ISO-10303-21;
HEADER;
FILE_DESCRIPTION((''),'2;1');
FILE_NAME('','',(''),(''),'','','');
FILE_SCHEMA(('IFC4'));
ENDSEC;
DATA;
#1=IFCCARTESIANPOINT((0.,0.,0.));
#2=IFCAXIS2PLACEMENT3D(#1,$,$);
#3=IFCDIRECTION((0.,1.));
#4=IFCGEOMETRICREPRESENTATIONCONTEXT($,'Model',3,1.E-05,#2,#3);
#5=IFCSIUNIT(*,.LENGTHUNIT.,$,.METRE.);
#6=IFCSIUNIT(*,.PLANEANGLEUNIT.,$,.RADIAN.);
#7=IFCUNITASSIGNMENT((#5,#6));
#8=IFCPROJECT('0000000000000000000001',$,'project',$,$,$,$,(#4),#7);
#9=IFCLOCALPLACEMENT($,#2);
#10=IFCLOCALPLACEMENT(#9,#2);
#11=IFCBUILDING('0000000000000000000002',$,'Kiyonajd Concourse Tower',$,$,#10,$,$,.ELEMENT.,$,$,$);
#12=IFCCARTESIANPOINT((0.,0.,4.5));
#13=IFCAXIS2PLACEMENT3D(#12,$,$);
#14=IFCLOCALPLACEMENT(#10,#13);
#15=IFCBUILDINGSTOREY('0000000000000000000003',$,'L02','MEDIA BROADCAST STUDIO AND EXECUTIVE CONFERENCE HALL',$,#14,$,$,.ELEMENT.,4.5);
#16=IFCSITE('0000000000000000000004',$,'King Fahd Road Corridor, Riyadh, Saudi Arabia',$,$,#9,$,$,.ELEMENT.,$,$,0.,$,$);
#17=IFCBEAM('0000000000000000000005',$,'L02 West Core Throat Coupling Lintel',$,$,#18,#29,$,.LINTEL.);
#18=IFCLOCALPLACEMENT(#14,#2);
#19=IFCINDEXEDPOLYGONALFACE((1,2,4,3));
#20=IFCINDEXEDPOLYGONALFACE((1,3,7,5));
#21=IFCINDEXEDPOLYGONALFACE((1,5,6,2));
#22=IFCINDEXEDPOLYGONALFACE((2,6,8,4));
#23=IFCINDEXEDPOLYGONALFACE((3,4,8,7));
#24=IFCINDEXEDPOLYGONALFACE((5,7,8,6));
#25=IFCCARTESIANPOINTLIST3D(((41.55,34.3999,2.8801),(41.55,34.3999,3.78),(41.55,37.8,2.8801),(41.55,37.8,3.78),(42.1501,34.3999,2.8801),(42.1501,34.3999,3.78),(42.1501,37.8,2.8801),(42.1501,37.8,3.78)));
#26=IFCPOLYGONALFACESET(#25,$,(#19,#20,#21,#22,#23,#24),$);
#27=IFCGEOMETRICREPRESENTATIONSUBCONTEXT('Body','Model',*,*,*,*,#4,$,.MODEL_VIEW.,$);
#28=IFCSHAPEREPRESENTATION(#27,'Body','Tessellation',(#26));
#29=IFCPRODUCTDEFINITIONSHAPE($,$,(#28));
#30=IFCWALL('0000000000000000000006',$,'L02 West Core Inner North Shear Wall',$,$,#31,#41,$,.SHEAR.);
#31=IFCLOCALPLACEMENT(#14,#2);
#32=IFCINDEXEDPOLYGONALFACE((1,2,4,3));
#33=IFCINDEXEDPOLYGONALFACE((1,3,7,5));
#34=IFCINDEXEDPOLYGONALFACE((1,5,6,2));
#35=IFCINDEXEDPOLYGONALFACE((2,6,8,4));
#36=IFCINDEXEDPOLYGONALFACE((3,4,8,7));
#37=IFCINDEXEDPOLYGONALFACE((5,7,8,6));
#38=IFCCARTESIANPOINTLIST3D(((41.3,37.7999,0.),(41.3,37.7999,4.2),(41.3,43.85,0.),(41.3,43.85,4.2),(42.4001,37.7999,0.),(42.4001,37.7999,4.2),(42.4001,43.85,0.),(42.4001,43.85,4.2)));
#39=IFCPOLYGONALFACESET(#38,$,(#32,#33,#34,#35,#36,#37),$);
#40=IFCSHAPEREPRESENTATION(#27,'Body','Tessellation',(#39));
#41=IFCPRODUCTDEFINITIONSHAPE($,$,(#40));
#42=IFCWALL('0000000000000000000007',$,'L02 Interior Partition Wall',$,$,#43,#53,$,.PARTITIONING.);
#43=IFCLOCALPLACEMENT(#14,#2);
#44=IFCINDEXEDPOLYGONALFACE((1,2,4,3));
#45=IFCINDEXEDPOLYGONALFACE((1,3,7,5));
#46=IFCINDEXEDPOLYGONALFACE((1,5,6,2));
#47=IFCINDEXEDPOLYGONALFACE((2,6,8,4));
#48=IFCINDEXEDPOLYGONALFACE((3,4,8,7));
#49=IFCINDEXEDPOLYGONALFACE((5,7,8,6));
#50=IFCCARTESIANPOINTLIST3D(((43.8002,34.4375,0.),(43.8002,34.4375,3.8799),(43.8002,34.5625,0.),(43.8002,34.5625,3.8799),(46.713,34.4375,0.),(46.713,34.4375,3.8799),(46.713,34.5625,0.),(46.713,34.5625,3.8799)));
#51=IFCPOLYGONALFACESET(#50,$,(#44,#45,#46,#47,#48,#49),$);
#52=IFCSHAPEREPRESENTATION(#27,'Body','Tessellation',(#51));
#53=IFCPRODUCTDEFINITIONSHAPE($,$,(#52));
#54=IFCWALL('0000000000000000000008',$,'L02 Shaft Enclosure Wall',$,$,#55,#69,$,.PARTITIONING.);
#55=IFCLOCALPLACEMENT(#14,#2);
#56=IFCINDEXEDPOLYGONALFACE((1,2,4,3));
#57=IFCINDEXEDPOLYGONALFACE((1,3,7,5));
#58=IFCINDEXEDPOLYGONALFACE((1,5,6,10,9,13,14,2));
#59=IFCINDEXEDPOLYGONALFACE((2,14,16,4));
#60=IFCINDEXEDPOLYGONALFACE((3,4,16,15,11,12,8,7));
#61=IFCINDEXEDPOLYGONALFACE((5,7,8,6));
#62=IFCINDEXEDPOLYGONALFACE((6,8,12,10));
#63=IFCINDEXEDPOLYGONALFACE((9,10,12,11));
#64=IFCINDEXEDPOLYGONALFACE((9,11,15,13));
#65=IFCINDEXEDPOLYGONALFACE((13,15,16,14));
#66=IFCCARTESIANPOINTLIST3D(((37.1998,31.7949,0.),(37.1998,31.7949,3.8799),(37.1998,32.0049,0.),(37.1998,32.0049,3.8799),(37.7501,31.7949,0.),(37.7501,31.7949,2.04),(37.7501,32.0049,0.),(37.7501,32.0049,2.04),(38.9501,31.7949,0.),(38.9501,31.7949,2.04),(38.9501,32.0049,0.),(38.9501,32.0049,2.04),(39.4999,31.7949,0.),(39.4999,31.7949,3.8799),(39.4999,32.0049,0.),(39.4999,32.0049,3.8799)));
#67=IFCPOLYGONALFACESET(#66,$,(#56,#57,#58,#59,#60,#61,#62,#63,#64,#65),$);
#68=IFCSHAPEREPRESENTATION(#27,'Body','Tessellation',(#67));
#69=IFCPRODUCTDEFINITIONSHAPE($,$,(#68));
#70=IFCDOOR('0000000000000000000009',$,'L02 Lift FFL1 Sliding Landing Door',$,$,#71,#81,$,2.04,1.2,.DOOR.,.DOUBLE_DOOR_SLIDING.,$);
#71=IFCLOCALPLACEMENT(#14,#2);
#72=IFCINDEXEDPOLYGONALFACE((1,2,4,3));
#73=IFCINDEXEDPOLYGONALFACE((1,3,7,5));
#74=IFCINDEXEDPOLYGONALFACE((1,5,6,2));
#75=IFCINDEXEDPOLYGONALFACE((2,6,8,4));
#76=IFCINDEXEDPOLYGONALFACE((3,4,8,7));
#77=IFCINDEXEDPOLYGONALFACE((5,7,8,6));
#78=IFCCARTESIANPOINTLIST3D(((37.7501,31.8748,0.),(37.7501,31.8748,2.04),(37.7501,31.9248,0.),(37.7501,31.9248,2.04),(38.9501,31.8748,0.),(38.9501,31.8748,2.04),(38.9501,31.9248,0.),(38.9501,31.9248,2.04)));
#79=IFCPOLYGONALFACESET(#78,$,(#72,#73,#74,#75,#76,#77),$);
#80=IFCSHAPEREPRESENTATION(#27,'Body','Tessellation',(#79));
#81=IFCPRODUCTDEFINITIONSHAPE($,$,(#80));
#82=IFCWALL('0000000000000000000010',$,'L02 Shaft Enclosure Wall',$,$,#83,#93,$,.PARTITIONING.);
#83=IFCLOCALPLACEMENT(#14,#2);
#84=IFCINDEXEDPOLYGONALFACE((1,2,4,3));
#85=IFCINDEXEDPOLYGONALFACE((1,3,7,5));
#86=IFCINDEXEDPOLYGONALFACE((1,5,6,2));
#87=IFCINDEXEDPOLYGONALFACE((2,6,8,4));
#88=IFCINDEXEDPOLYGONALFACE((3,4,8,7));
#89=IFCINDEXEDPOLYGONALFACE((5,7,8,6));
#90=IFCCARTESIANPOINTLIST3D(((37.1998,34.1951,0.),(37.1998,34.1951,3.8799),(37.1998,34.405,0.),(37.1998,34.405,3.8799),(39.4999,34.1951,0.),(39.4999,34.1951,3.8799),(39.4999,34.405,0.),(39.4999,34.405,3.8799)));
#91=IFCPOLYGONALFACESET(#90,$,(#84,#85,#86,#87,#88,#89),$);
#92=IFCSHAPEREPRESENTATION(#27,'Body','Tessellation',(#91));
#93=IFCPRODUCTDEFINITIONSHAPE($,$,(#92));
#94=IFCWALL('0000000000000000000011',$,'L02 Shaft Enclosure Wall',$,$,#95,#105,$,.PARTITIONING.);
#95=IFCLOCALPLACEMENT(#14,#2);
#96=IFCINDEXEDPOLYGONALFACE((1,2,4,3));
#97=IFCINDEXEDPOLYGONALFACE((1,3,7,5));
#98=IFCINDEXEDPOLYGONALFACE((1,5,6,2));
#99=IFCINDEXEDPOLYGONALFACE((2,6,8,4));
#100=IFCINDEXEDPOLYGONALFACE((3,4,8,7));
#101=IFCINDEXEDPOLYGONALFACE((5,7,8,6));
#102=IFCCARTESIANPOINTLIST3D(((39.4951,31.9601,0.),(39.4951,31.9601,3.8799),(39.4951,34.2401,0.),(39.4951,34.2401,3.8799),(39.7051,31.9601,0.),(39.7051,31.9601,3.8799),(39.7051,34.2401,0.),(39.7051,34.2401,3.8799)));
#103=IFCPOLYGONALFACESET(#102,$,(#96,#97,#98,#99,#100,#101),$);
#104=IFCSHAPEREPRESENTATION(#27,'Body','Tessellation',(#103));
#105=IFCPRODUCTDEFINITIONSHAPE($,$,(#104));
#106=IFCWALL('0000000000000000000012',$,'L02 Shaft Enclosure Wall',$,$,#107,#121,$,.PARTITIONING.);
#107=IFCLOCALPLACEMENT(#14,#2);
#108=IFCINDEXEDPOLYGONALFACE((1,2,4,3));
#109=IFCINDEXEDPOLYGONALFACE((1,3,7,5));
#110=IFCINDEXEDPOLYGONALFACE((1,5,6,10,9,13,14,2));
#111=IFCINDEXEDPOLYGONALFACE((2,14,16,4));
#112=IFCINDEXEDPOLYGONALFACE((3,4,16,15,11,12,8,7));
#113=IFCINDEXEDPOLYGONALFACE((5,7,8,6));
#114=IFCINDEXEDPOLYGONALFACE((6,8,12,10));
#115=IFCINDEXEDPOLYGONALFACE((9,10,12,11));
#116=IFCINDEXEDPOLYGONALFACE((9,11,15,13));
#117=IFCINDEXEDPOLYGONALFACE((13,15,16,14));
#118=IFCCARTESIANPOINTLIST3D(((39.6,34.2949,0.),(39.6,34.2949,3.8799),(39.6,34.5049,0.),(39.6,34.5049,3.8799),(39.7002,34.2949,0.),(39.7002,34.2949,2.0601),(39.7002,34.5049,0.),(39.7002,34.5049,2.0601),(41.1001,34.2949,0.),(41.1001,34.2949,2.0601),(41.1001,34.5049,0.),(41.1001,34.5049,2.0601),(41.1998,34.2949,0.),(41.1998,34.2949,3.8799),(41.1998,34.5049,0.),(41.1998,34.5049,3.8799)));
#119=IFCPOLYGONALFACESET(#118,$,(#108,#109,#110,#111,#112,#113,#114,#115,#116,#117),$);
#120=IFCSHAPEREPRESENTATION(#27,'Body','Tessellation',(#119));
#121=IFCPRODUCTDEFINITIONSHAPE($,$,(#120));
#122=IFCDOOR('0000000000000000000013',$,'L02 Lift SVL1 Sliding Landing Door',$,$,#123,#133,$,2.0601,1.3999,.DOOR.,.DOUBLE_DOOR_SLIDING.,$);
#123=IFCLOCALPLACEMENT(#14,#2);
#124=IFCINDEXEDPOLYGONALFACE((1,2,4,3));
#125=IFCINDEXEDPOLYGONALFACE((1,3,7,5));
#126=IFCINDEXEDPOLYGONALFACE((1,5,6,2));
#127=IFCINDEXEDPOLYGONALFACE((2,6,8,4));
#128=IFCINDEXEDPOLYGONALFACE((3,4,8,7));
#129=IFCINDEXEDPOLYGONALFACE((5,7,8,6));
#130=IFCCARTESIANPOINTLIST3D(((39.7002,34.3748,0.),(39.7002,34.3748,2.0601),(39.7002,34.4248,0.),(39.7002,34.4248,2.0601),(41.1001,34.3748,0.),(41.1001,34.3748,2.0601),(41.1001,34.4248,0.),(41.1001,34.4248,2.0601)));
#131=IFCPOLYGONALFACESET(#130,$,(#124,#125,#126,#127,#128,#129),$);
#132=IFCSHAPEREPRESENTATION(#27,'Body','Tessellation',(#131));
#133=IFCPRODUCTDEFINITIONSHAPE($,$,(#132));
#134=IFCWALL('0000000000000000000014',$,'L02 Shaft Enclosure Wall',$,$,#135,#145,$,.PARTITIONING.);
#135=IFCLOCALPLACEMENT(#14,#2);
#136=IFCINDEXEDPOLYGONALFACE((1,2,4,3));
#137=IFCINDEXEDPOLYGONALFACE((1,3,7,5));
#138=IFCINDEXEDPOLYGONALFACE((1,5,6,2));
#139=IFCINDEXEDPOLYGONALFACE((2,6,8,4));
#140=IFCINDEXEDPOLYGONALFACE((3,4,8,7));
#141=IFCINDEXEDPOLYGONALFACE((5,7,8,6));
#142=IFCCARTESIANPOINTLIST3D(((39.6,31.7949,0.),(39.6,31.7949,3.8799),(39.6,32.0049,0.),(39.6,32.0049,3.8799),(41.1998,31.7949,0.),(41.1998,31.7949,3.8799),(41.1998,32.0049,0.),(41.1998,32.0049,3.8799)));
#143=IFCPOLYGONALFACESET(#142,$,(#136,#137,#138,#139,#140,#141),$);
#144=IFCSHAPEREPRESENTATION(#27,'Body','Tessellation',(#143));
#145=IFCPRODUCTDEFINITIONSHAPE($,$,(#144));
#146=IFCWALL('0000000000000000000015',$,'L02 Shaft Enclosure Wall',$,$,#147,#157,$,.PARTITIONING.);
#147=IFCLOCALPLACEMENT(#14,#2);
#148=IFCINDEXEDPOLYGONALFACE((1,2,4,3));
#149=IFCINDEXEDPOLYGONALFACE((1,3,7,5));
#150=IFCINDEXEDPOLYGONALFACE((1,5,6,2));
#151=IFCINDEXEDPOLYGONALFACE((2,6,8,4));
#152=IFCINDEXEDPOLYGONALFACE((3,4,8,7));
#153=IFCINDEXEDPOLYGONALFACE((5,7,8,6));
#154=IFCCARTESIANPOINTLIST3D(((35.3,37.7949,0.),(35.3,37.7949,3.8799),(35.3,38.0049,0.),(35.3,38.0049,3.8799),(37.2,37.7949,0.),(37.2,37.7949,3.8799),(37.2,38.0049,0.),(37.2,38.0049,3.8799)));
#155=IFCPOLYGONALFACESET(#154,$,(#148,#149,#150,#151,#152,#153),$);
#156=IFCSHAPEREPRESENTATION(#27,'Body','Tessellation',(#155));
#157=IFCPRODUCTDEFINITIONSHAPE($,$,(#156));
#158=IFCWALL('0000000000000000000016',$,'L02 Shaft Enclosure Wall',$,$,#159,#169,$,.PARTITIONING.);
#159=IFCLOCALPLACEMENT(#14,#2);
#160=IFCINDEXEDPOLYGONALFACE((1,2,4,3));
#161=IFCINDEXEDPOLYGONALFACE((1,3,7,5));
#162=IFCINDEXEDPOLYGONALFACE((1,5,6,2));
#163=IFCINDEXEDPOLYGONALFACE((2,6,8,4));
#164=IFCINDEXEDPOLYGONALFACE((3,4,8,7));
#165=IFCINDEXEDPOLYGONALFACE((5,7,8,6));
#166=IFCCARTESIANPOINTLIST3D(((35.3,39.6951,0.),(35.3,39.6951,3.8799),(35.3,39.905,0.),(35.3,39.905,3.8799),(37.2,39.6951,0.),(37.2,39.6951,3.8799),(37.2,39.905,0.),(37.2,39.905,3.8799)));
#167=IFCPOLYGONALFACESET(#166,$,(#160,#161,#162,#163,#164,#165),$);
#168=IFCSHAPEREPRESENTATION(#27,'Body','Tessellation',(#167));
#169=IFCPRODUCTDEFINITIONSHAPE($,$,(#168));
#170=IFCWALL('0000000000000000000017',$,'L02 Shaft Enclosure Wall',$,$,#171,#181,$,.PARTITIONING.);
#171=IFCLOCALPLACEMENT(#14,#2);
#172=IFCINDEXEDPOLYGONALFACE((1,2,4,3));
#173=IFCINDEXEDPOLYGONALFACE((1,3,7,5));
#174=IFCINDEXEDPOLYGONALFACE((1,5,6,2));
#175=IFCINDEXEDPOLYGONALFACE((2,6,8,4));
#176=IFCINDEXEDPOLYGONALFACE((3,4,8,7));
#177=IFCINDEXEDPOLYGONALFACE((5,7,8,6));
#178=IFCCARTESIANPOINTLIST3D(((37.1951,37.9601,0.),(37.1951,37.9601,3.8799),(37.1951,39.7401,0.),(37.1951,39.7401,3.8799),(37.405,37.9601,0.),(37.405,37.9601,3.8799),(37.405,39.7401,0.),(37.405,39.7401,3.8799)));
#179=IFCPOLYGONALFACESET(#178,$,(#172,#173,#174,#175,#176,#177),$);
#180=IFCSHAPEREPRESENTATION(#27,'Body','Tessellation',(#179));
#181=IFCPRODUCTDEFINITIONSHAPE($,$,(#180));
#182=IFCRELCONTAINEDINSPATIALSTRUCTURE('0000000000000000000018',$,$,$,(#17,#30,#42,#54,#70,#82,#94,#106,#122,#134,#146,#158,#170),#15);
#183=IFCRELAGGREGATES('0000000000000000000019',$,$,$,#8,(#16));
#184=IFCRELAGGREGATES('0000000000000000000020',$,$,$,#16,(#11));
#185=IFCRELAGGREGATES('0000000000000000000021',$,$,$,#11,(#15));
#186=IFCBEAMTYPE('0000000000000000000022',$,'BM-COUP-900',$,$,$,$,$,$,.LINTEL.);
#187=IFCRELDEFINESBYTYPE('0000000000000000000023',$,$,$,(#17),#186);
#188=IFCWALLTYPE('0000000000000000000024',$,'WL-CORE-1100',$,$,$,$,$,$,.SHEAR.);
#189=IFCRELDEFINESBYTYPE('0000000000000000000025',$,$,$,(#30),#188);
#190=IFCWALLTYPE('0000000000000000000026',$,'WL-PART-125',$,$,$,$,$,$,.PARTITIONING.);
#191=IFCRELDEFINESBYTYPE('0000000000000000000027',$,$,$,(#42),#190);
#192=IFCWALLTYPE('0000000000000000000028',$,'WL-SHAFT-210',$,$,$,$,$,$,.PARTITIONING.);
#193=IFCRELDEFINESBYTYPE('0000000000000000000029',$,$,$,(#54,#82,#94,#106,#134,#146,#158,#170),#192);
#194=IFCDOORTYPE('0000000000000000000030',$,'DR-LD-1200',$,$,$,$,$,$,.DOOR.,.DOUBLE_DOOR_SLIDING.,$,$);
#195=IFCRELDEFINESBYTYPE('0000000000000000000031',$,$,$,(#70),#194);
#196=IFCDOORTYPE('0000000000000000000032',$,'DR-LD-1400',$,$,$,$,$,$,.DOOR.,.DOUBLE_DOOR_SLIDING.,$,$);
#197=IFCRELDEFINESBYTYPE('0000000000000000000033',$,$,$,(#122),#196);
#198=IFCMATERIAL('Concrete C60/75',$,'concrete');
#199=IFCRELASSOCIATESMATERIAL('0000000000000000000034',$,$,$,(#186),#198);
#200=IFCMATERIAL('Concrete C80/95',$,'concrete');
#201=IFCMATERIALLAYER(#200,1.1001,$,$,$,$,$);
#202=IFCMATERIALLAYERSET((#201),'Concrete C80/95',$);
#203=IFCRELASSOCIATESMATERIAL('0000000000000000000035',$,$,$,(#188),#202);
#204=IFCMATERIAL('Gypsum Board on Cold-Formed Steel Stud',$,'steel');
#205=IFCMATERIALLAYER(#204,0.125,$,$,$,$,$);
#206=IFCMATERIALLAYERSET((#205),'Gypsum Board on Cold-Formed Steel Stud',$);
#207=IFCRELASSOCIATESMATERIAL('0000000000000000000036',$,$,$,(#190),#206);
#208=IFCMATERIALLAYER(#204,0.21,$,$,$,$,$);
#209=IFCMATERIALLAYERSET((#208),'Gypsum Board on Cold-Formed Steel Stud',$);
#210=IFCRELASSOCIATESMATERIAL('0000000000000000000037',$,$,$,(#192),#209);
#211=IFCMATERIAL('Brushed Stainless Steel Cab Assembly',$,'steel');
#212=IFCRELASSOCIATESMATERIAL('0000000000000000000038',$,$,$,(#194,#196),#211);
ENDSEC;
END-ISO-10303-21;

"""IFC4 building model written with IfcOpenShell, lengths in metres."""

from ifc_helpers import new_model, si_unit, direction, frame, frame_2d, origin, origin_2d, place, context, subcontext, project, spatial, rectangle, extrude, material, layer, layer_set, material_profile, profile_set, type_object, element, fill, save


model = new_model("IFC4")

# Units and contexts
model_context = context("Model", 3, precision=1e-05, world=origin(), true_north=direction((0.0, 1.0)))
body_context = subcontext(model_context, "Body", "Model", "MODEL_VIEW")
ifc_project = project(units=[si_unit("LENGTHUNIT", "METRE"), si_unit("PLANEANGLEUNIT", "RADIAN")], contexts=[model_context])

# Site, building, storey
site_placement = place(None, origin())
site = spatial("IfcSite", under=ifc_project, at=site_placement, Name="King Fahd Road Corridor, Riyadh, Saudi Arabia", CompositionType="ELEMENT", RefElevation=0.0)
building_placement = place(site_placement, origin())
building = spatial("IfcBuilding", under=site, at=building_placement, Name="Kiyonajd Concourse Tower", CompositionType="ELEMENT")
storey_placement = place(building_placement, frame((0.0, 0.0, 4.5)))
storey = spatial("IfcBuildingStorey", under=building, at=storey_placement, Name="L02", Description="MEDIA BROADCAST STUDIO AND EXECUTIVE CONFERENCE HALL", CompositionType="ELEMENT", Elevation=4.5)

# Beam
ifc_material_1 = material(Name="Concrete C60/75", Category="concrete")
ifc_material_profile = material_profile(ifc_material_1, rectangle(XDim=0.6001, YDim=0.8999, at=origin_2d()), Name="RCBM-600x900")
ifc_profile_set = profile_set([ifc_material_profile], Name="Concrete C60/75")
beam_type = type_object("IfcBeamType", Name="BM-COUP-900", PredefinedType="LINTEL", material=ifc_profile_set)
beam_placement = place(storey_placement, frame((41.8501, 34.3999, 3.3301), z_axis=(0.0, 1.0, 0.0), x_axis=(-1.0, 0.0, 0.0)))
element("IfcBeam", 1, at=beam_placement, inside=storey, type_object=beam_type, Name="L02 West Core Throat Coupling Lintel", PredefinedType="LINTEL", context=body_context, shape_type="SweptSolid", body=[
    extrude(rectangle(XDim=0.6001, YDim=0.8999, at=origin_2d()), origin(), (0.0, 0.0, 1.0), 3.4001),
])

# Walls
ifc_material_2 = material(Name="Concrete C80/95", Category="concrete")
ifc_layer_1 = layer(ifc_material_2, 1.1001)
ifc_layer_set_1 = layer_set([ifc_layer_1], Name="Concrete C80/95")
wall_type_1 = type_object("IfcWallType", Name="WL-CORE-1100", PredefinedType="SHEAR", material=ifc_layer_set_1)
wall_1_placement = place(storey_placement, frame((41.8501, 37.8, 0.0), z_axis=(0.0, 0.0, 1.0), x_axis=(0.0, 1.0, 0.0)))
element("IfcWall", 2, at=wall_1_placement, inside=storey, type_object=wall_type_1, Name="L02 West Core Inner North Shear Wall", PredefinedType="SHEAR", context=body_context, shape_type="SweptSolid", body=[
    extrude(rectangle(XDim=6.05, YDim=1.1001, at=frame_2d((3.0249, 0.0))), origin(), (0.0, 0.0, 1.0), 4.2),
])
ifc_material_3 = material(Name="Gypsum Board on Cold-Formed Steel Stud", Category="steel")
ifc_layer_2 = layer(ifc_material_3, 0.125)
ifc_layer_set_2 = layer_set([ifc_layer_2], Name="Gypsum Board on Cold-Formed Steel Stud")
wall_type_2 = type_object("IfcWallType", Name="WL-PART-125", PredefinedType="PARTITIONING", material=ifc_layer_set_2)
wall_2_placement = place(storey_placement, frame((43.8, 34.5, 0.0), z_axis=(0.0, 0.0, 1.0), x_axis=(1.0, 0.0, 0.0)))
element("IfcWall", 3, at=wall_2_placement, inside=storey, type_object=wall_type_2, Name="L02 Interior Partition Wall", PredefinedType="PARTITIONING", context=body_context, shape_type="SweptSolid", body=[
    extrude(rectangle(XDim=2.9128, YDim=0.125, at=frame_2d((1.4565, 0.0))), origin(), (0.0, 0.0, 1.0), 3.8799),
])

# Wall, opening, door
ifc_layer_3 = layer(ifc_material_3, 0.21)
ifc_layer_set_3 = layer_set([ifc_layer_3], Name="Gypsum Board on Cold-Formed Steel Stud")
wall_type_3 = type_object("IfcWallType", Name="WL-SHAFT-210", PredefinedType="PARTITIONING", material=ifc_layer_set_3)
wall_3_placement = place(storey_placement, frame((37.2, 31.8999, 0.0), z_axis=(0.0, 0.0, 1.0), x_axis=(1.0, 0.0, 0.0)))
wall_3 = element("IfcWall", 4, at=wall_3_placement, inside=storey, type_object=wall_type_3, Name="L02 Shaft Enclosure Wall", PredefinedType="PARTITIONING", context=body_context, shape_type="SweptSolid", body=[
    extrude(rectangle(XDim=2.3, YDim=0.21, at=frame_2d((1.1499, 0.0))), origin(), (0.0, 0.0, 1.0), 3.8799),
])
opening_1_placement = place(wall_3_placement, frame((0.55, 0.0, 0.0)))
opening_1 = element("IfcOpeningElement", 5, at=opening_1_placement, cuts=wall_3, PredefinedType="OPENING", context=body_context, shape_type="SweptSolid", body=[
    extrude(rectangle(XDim=1.2, YDim=2.04, at=frame_2d((0.6001, 1.02))), frame((0.0, 0.115, 0.0), z_axis=(0.0, -1.0, 0.0), x_axis=(1.0, 0.0, 0.0)), (0.0, 0.0, 1.0), 0.23),
])
ifc_material_4 = material(Name="Brushed Stainless Steel Cab Assembly", Category="steel")
door_type_1 = type_object("IfcDoorType", Name="DR-LD-1200", OperationType="DOUBLE_DOOR_SLIDING", PredefinedType="DOOR", material=ifc_material_4)
door_1_placement = place(opening_1_placement, origin())
door_1 = element("IfcDoor", 6, at=door_1_placement, inside=storey, type_object=door_type_1, Name="L02 Lift FFL1 Sliding Landing Door", OperationType="DOUBLE_DOOR_SLIDING", OverallHeight=2.04, OverallWidth=1.2, PredefinedType="DOOR", context=body_context, shape_type="SweptSolid", body=[
    extrude(rectangle(XDim=1.2, YDim=2.04, at=frame_2d((0.6001, 1.02))), frame((0.0, 0.0249, 0.0), z_axis=(0.0, -1.0, 0.0), x_axis=(1.0, 0.0, 0.0)), (0.0, 0.0, 1.0), 0.05),
])
fill(opening_1, door_1)

# Walls
wall_4_placement = place(storey_placement, frame((37.2, 34.3, 0.0), z_axis=(0.0, 0.0, 1.0), x_axis=(1.0, 0.0, 0.0)))
element("IfcWall", 7, at=wall_4_placement, inside=storey, type_object=wall_type_3, Name="L02 Shaft Enclosure Wall", PredefinedType="PARTITIONING", context=body_context, shape_type="SweptSolid", body=[
    extrude(rectangle(XDim=2.3, YDim=0.21, at=frame_2d((1.1499, 0.0))), origin(), (0.0, 0.0, 1.0), 3.8799),
])
wall_5_placement = place(storey_placement, frame((39.6001, 31.96, 0.0), z_axis=(0.0, 0.0, 1.0), x_axis=(0.0, 1.0, 0.0)))
element("IfcWall", 8, at=wall_5_placement, inside=storey, type_object=wall_type_3, Name="L02 Shaft Enclosure Wall", PredefinedType="PARTITIONING", context=body_context, shape_type="SweptSolid", body=[
    extrude(rectangle(XDim=2.28, YDim=0.21, at=frame_2d((1.1401, 0.0))), origin(), (0.0, 0.0, 1.0), 3.8799),
])

# Wall, opening, door
wall_6_placement = place(storey_placement, frame((39.6001, 34.3999, 0.0), z_axis=(0.0, 0.0, 1.0), x_axis=(1.0, 0.0, 0.0)))
wall_6 = element("IfcWall", 9, at=wall_6_placement, inside=storey, type_object=wall_type_3, Name="L02 Shaft Enclosure Wall", PredefinedType="PARTITIONING", context=body_context, shape_type="SweptSolid", body=[
    extrude(rectangle(XDim=1.5999, YDim=0.21, at=frame_2d((0.7998, 0.0))), origin(), (0.0, 0.0, 1.0), 3.8799),
])
opening_2_placement = place(wall_6_placement, frame((0.1001, 0.0, 0.0)))
opening_2 = element("IfcOpeningElement", 10, at=opening_2_placement, cuts=wall_6, PredefinedType="OPENING", context=body_context, shape_type="SweptSolid", body=[
    extrude(rectangle(XDim=1.3999, YDim=2.0601, at=frame_2d((0.7, 1.03))), frame((0.0, 0.115, 0.0), z_axis=(0.0, -1.0, 0.0), x_axis=(1.0, 0.0, 0.0)), (0.0, 0.0, 1.0), 0.23),
])
door_type_2 = type_object("IfcDoorType", Name="DR-LD-1400", OperationType="DOUBLE_DOOR_SLIDING", PredefinedType="DOOR", material=ifc_material_4)
door_2_placement = place(opening_2_placement, origin())
door_2 = element("IfcDoor", 11, at=door_2_placement, inside=storey, type_object=door_type_2, Name="L02 Lift SVL1 Sliding Landing Door", OperationType="DOUBLE_DOOR_SLIDING", OverallHeight=2.0601, OverallWidth=1.3999, PredefinedType="DOOR", context=body_context, shape_type="SweptSolid", body=[
    extrude(rectangle(XDim=1.3999, YDim=2.0601, at=frame_2d((0.7, 1.03))), frame((0.0, 0.0249, 0.0), z_axis=(0.0, -1.0, 0.0), x_axis=(1.0, 0.0, 0.0)), (0.0, 0.0, 1.0), 0.05),
])
fill(opening_2, door_2)

# Walls
wall_7_placement = place(storey_placement, frame((39.6001, 31.8999, 0.0), z_axis=(0.0, 0.0, 1.0), x_axis=(1.0, 0.0, 0.0)))
element("IfcWall", 12, at=wall_7_placement, inside=storey, type_object=wall_type_3, Name="L02 Shaft Enclosure Wall", PredefinedType="PARTITIONING", context=body_context, shape_type="SweptSolid", body=[
    extrude(rectangle(XDim=1.5999, YDim=0.21, at=frame_2d((0.7998, 0.0))), origin(), (0.0, 0.0, 1.0), 3.8799),
])
for number, where, z_axis, x_axis, name in (
    (13, (35.3, 37.8999, 0.0), (0.0, 0.0, 1.0), (1.0, 0.0, 0.0), "L02 Shaft Enclosure Wall"),
    (14, (35.3, 39.8, 0.0), (0.0, 0.0, 1.0), (1.0, 0.0, 0.0), "L02 Shaft Enclosure Wall"),
):
    element("IfcWall", number, at=place(storey_placement, frame(where, z_axis=z_axis, x_axis=x_axis)), inside=storey, type_object=wall_type_3, Name=name, PredefinedType="PARTITIONING", context=body_context, shape_type="SweptSolid", body=[
        extrude(rectangle(XDim=1.8999, YDim=0.21, at=frame_2d((0.95, 0.0))), origin(), (0.0, 0.0, 1.0), 3.8799),
    ])
wall_8_placement = place(storey_placement, frame((37.3, 37.96, 0.0), z_axis=(0.0, 0.0, 1.0), x_axis=(0.0, 1.0, 0.0)))
element("IfcWall", 15, at=wall_8_placement, inside=storey, type_object=wall_type_3, Name="L02 Shaft Enclosure Wall", PredefinedType="PARTITIONING", context=body_context, shape_type="SweptSolid", body=[
    extrude(rectangle(XDim=1.78, YDim=0.21, at=frame_2d((0.8901, 0.0))), origin(), (0.0, 0.0, 1.0), 3.8799),
])

save(model, "model.ifc")
